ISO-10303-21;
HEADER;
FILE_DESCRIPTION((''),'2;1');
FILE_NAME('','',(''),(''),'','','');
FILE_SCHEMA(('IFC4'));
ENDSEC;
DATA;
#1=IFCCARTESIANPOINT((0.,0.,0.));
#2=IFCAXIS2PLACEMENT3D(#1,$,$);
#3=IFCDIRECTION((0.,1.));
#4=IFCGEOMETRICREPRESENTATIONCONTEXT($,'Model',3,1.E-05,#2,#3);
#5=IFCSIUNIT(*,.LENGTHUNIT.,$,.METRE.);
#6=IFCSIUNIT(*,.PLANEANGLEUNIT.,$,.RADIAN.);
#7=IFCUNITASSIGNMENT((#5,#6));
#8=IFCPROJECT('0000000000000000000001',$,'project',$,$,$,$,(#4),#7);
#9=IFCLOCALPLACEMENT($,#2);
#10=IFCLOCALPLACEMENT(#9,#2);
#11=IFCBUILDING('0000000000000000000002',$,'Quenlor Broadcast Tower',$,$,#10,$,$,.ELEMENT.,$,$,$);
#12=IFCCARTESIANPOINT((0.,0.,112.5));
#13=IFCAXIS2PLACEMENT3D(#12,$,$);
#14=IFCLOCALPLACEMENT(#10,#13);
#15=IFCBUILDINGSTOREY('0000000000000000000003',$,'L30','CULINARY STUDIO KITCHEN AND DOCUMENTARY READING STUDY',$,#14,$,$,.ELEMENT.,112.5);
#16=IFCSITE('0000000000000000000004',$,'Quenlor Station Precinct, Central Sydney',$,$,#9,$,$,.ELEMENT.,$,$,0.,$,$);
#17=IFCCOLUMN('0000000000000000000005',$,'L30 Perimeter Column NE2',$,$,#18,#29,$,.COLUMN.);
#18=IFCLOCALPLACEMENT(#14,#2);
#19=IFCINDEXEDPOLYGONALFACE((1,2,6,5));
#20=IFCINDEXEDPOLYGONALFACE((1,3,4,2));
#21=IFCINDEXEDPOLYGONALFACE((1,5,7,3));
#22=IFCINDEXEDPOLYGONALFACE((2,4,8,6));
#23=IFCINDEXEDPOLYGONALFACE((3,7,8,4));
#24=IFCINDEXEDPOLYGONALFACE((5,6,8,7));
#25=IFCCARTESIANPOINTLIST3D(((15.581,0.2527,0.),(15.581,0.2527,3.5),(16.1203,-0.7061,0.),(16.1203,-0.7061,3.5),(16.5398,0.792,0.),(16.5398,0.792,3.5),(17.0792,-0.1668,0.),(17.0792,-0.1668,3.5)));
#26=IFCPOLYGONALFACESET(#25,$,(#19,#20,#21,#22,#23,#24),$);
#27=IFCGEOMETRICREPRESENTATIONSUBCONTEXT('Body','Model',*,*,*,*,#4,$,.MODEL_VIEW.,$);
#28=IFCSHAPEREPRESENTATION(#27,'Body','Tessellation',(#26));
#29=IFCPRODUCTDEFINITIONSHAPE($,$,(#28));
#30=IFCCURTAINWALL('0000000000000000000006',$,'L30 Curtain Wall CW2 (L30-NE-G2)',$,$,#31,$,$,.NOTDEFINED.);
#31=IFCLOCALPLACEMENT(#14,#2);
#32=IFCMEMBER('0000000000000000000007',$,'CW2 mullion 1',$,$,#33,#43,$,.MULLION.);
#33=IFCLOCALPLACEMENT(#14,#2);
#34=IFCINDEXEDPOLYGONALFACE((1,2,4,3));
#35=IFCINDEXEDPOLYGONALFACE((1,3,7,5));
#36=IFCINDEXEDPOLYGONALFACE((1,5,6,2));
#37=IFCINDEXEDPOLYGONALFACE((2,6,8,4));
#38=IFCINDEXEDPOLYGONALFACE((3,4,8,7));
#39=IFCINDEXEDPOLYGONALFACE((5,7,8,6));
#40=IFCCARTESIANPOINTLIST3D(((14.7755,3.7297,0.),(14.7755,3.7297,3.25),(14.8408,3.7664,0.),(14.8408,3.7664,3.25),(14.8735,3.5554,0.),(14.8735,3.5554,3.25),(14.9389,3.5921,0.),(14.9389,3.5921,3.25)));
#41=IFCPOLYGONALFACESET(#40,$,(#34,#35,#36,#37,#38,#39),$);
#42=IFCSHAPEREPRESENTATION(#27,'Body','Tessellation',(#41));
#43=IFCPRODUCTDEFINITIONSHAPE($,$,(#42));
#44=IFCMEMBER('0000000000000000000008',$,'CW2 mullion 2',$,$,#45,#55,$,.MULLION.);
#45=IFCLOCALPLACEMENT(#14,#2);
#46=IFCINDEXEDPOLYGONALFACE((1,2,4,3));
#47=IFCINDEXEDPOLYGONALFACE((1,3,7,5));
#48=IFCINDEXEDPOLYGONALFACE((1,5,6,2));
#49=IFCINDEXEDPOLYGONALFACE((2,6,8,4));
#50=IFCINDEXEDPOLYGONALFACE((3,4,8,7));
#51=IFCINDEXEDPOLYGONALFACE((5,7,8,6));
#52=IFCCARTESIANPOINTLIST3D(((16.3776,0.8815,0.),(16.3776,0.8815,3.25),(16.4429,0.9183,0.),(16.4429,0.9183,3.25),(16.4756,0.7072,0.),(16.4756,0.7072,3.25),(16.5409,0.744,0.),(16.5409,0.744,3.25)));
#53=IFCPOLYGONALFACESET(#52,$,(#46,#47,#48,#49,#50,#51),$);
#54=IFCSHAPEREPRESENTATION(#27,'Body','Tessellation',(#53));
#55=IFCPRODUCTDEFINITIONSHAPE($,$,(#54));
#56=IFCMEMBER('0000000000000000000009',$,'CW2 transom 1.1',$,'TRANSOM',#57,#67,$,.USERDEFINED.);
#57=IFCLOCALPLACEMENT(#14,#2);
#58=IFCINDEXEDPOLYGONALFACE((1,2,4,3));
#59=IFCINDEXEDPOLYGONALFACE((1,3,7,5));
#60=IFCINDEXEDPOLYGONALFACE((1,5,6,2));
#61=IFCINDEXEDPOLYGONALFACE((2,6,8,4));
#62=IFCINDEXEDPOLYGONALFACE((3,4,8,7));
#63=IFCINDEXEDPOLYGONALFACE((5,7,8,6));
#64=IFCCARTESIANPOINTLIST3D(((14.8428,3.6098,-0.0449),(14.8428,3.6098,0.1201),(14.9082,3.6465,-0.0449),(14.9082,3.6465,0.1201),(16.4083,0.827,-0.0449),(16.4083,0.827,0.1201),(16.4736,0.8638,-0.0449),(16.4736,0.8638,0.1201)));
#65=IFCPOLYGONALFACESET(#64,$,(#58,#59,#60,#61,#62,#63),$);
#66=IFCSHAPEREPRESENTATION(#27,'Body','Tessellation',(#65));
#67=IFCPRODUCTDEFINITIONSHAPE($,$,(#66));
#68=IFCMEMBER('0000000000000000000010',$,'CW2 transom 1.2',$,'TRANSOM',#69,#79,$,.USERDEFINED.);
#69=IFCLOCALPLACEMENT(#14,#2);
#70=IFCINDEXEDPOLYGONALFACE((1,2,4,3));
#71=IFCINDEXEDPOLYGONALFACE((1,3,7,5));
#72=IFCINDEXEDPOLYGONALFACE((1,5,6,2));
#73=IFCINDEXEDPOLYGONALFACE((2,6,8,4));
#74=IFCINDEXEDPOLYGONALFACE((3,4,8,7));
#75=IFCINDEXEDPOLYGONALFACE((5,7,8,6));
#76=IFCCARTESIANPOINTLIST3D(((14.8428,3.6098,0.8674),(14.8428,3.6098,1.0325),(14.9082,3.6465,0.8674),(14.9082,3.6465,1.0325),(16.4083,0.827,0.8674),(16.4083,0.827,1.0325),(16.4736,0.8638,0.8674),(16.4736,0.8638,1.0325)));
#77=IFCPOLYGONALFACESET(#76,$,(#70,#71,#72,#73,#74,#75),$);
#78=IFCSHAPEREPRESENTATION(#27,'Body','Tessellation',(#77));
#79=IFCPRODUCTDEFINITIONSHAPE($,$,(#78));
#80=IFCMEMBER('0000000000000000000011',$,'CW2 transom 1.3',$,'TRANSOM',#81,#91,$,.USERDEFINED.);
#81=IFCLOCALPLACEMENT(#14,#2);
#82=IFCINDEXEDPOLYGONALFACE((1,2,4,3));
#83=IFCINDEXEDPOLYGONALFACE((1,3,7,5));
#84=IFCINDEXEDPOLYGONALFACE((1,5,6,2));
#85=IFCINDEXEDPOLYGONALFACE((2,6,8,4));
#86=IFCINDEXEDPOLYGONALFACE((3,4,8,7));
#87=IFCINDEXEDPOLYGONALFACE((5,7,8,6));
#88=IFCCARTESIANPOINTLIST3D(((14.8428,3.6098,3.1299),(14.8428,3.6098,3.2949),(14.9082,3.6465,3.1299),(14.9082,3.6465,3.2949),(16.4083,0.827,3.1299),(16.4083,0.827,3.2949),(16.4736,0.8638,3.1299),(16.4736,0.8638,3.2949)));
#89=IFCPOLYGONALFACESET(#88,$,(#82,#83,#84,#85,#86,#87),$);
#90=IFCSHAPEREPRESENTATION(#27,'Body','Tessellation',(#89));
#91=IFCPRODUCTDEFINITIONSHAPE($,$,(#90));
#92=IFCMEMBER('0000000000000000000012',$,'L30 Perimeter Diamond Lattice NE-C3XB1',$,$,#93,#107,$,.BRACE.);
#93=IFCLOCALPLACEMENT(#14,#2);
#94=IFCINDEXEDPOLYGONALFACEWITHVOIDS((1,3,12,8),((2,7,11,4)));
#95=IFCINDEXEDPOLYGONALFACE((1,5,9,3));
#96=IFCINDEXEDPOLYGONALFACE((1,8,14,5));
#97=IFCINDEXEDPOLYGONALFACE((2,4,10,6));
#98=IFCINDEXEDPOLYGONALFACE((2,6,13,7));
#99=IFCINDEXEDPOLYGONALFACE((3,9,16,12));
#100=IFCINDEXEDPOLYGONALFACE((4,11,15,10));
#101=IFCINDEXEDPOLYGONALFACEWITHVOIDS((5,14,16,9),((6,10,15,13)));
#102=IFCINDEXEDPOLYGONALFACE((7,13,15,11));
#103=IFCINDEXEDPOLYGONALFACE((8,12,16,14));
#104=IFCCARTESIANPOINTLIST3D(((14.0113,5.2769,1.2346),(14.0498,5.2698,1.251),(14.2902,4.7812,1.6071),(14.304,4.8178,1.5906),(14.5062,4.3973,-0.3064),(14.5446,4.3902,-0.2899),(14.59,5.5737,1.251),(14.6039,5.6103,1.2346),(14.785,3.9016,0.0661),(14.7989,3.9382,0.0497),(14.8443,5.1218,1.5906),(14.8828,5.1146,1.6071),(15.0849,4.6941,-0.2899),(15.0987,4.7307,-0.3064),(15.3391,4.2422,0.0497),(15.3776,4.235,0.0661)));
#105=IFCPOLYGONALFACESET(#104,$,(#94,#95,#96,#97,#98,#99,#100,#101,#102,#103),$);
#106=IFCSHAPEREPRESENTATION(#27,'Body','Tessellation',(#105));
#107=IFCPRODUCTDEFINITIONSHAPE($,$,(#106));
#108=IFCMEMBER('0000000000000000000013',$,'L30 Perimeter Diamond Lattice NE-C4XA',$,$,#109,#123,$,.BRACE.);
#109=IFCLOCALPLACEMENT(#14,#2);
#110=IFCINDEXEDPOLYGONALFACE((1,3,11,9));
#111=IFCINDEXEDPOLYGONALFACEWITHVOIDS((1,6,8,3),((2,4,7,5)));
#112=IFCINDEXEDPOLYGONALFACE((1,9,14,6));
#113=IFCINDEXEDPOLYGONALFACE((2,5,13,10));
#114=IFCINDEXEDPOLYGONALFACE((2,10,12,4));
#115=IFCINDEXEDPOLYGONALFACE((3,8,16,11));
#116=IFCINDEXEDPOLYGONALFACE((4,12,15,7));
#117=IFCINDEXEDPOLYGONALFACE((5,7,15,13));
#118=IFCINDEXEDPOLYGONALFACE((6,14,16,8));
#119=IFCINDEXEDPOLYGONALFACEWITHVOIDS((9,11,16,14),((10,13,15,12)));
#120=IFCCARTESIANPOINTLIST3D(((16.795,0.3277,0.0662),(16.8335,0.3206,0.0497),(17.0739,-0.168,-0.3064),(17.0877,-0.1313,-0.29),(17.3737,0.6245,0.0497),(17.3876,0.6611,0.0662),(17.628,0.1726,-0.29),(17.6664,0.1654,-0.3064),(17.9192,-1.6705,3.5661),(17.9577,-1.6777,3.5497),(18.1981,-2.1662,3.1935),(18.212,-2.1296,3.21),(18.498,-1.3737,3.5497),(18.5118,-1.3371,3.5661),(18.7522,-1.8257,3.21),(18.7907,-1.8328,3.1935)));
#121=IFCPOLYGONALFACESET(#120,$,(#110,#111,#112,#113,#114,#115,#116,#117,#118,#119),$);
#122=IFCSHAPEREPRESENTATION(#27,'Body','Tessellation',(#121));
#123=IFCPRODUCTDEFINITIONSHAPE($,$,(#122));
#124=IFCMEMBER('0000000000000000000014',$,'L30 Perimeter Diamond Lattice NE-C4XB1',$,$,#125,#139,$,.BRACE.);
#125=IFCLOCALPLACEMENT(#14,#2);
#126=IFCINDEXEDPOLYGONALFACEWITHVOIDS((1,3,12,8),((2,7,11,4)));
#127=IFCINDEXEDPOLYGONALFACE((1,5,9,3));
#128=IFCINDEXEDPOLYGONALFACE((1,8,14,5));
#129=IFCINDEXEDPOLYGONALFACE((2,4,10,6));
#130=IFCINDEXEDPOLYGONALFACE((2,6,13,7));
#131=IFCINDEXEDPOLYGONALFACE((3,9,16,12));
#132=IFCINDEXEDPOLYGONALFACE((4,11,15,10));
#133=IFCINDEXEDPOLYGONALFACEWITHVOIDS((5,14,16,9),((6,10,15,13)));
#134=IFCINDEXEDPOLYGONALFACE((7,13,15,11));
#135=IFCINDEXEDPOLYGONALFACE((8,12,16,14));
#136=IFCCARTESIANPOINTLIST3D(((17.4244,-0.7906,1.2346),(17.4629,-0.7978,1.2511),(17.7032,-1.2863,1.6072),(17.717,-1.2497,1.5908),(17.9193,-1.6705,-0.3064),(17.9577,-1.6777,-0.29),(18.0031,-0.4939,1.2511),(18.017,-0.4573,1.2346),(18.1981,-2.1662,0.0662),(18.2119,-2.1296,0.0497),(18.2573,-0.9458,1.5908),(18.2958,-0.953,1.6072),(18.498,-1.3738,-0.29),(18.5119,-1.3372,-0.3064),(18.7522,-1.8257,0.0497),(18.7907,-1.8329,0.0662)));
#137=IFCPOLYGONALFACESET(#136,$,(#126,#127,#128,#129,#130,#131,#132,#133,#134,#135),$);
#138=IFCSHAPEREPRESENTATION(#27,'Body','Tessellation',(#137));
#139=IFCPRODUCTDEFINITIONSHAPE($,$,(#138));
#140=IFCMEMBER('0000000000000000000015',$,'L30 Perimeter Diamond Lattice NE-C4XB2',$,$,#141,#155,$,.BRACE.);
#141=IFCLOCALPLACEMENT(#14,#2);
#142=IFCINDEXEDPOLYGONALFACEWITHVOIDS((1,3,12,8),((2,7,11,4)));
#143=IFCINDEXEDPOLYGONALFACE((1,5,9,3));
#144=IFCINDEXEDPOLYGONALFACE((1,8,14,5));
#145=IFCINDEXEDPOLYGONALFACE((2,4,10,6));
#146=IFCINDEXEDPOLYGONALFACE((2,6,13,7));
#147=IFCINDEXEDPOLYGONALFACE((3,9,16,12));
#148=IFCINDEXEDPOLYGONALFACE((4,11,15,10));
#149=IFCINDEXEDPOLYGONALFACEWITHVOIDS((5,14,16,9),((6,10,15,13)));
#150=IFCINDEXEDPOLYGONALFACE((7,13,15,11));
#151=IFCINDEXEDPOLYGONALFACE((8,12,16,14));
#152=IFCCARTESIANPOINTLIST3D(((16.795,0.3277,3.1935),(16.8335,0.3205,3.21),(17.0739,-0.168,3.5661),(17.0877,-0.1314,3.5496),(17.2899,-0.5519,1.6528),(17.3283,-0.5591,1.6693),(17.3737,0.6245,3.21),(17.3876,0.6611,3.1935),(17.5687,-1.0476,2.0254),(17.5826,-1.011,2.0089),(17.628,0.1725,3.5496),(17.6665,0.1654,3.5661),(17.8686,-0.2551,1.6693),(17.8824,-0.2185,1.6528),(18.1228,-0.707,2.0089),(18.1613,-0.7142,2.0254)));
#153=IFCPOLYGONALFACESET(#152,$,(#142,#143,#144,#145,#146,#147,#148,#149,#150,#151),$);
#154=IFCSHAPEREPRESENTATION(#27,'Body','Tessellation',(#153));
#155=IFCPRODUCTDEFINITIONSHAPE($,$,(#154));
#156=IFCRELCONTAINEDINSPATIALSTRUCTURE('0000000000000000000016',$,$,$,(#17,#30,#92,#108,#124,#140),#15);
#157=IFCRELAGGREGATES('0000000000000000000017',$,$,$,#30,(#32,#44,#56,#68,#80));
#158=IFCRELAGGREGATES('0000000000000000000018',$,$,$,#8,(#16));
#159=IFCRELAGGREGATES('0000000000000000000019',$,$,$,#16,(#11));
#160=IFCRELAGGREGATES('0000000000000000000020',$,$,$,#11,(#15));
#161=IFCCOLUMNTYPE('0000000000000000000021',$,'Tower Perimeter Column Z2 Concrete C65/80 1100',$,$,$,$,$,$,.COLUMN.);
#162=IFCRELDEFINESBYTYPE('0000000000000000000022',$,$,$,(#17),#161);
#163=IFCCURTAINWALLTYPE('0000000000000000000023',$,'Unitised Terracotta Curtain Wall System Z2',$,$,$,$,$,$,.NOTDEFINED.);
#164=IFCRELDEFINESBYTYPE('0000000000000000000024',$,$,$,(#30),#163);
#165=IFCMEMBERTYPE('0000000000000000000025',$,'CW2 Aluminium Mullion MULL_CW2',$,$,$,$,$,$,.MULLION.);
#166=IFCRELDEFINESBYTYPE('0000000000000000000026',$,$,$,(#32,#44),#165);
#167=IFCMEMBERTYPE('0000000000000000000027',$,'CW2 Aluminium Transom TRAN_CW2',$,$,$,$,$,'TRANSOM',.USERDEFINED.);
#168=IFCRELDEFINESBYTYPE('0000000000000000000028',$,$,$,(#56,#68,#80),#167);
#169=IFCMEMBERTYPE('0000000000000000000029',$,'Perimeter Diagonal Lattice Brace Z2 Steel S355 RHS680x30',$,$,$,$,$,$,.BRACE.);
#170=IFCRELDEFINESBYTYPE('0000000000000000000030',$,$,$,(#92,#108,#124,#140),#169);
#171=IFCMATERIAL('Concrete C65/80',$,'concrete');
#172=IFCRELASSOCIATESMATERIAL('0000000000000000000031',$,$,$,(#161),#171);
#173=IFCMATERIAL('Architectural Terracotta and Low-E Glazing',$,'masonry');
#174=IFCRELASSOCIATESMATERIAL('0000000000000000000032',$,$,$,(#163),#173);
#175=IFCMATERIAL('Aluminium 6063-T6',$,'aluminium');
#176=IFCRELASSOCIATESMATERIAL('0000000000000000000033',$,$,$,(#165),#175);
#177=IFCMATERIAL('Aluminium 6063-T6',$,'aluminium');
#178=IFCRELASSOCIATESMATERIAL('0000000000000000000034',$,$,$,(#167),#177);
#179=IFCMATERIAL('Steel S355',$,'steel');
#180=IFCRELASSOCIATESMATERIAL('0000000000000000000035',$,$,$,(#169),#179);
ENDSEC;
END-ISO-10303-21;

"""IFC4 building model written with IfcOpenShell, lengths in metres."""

from ifc_helpers import new_model, si_unit, direction, frame, origin, origin_2d, place, context, subcontext, project, spatial, rectangle, hollow_rectangle, extrude, material, material_profile, profile_set, type_object, element, aggregate, save


model = new_model("IFC4")

# Units and contexts
model_context = context("Model", 3, precision=1e-05, world=origin(), true_north=direction((0.0, 1.0)))
body_context = subcontext(model_context, "Body", "Model", "MODEL_VIEW")
ifc_project = project(units=[si_unit("LENGTHUNIT", "METRE"), si_unit("PLANEANGLEUNIT", "RADIAN")], contexts=[model_context])

# Site, building, storey
site_placement = place(None, origin())
site = spatial("IfcSite", under=ifc_project, at=site_placement, Name="Quenlor Station Precinct, Central Sydney", CompositionType="ELEMENT", RefElevation=0.0)
building_placement = place(site_placement, origin())
building = spatial("IfcBuilding", under=site, at=building_placement, Name="Quenlor Broadcast Tower", CompositionType="ELEMENT")
storey_placement = place(building_placement, frame((0.0, 0.0, 112.5)))
storey = spatial("IfcBuildingStorey", under=building, at=storey_placement, Name="L30", Description="CULINARY STUDIO KITCHEN AND DOCUMENTARY READING STUDY", CompositionType="ELEMENT", Elevation=112.5)

# Column
ifc_material_1 = material(Name="Concrete C65/80", Category="concrete")
ifc_material_profile_1 = material_profile(ifc_material_1, rectangle(XDim=1.1001, YDim=1.1001, at=origin_2d()))
ifc_profile_set_1 = profile_set([ifc_material_profile_1], Name="Concrete C65/80 RC1100x1100")
column_type = type_object("IfcColumnType", Name="Tower Perimeter Column Z2 Concrete C65/80 1100", PredefinedType="COLUMN", material=ifc_profile_set_1)
column_placement = place(storey_placement, frame((16.3301, 0.043, 0.0), z_axis=(0.0, 0.0, 1.0), x_axis=(0.871575, 0.490262, 0.0)))
element("IfcColumn", 1, at=column_placement, inside=storey, type_object=column_type, Name="L30 Perimeter Column NE2", PredefinedType="COLUMN", context=body_context, shape_type="SweptSolid", body=[
    extrude(rectangle(XDim=1.1001, YDim=1.1001, at=origin_2d()), origin(), (0.0, 0.0, 1.0), 3.5),
])

# Curtain wall, members
ifc_material_2 = material(Name="Architectural Terracotta and Low-E Glazing", Category="masonry")
curtain_wall_type = type_object("IfcCurtainWallType", Name="Unitised Terracotta Curtain Wall System Z2", PredefinedType="NOTDEFINED", material=ifc_material_2)
curtain_wall_placement = place(storey_placement, origin())
curtain_wall = element("IfcCurtainWall", 2, at=curtain_wall_placement, inside=storey, type_object=curtain_wall_type, Name="L30 Curtain Wall CW2 (L30-NE-G2)", PredefinedType="NOTDEFINED")
ifc_material_3 = material(Name="Aluminium 6063-T6", Category="aluminium")
ifc_material_profile_2 = material_profile(ifc_material_3, rectangle(XDim=0.075, YDim=0.2, at=origin_2d()))
ifc_profile_set_2 = profile_set([ifc_material_profile_2], Name="Aluminium 6063-T6 MULL75x200")
member_type_1 = type_object("IfcMemberType", Name="CW2 Aluminium Mullion MULL_CW2", PredefinedType="MULLION", material=ifc_profile_set_2)
member_1_placement = place(storey_placement, frame((14.8572, 3.6609, 0.0), z_axis=(0.0, 0.0, 1.0), x_axis=(0.871576, 0.490261, 0.0)))
member_1 = element("IfcMember", 3, at=member_1_placement, type_object=member_type_1, Name="CW2 mullion 1", PredefinedType="MULLION", context=body_context, shape_type="SweptSolid", body=[
    extrude(rectangle(XDim=0.075, YDim=0.2, at=origin_2d()), origin(), (0.0, 0.0, 1.0), 3.25),
])
member_2_placement = place(storey_placement, frame((16.4592, 0.8127, 0.0), z_axis=(0.0, 0.0, 1.0), x_axis=(0.871576, 0.490261, 0.0)))
member_2 = element("IfcMember", 4, at=member_2_placement, type_object=member_type_1, Name="CW2 mullion 2", PredefinedType="MULLION", context=body_context, shape_type="SweptSolid", body=[
    extrude(rectangle(XDim=0.075, YDim=0.2, at=origin_2d()), origin(), (0.0, 0.0, 1.0), 3.25),
])
ifc_material_4 = material(Name="Aluminium 6063-T6", Category="aluminium")
ifc_material_profile_3 = material_profile(ifc_material_4, rectangle(XDim=0.075, YDim=0.165, at=origin_2d()))
ifc_profile_set_3 = profile_set([ifc_material_profile_3], Name="Aluminium 6063-T6 TRAN75x165")
member_type_2 = type_object("IfcMemberType", Name="CW2 Aluminium Transom TRAN_CW2", ElementType="TRANSOM", PredefinedType="USERDEFINED", material=ifc_profile_set_3)
member_3_placement = place(storey_placement, frame((14.8755, 3.6282, 0.0376), z_axis=(0.490298, -0.871555, 0.0), x_axis=(0.871555, 0.490298, 0.0)))
member_3 = element("IfcMember", 5, at=member_3_placement, type_object=member_type_2, Name="CW2 transom 1.1", ObjectType="TRANSOM", PredefinedType="USERDEFINED", context=body_context, shape_type="SweptSolid", body=[
    extrude(rectangle(XDim=0.075, YDim=0.165, at=origin_2d()), origin(), (0.0, 0.0, 1.0), 3.1929),
])
member_4_placement = place(storey_placement, frame((14.8755, 3.6282, 0.95), z_axis=(0.490298, -0.871555, 0.0), x_axis=(0.871555, 0.490298, 0.0)))
member_4 = element("IfcMember", 6, at=member_4_placement, type_object=member_type_2, Name="CW2 transom 1.2", ObjectType="TRANSOM", PredefinedType="USERDEFINED", context=body_context, shape_type="SweptSolid", body=[
    extrude(rectangle(XDim=0.075, YDim=0.165, at=origin_2d()), origin(), (0.0, 0.0, 1.0), 3.1929),
])
member_5_placement = place(storey_placement, frame((14.8755, 3.6282, 3.2124), z_axis=(0.490298, -0.871555, 0.0), x_axis=(0.871555, 0.490298, 0.0)))
member_5 = element("IfcMember", 7, at=member_5_placement, type_object=member_type_2, Name="CW2 transom 1.3", ObjectType="TRANSOM", PredefinedType="USERDEFINED", context=body_context, shape_type="SweptSolid", body=[
    extrude(rectangle(XDim=0.075, YDim=0.165, at=origin_2d()), origin(), (0.0, 0.0, 1.0), 3.1929),
])

# Members
ifc_material_5 = material(Name="Steel S355", Category="steel")
ifc_material_profile_4 = material_profile(ifc_material_5, hollow_rectangle(XDim=0.6799, YDim=0.6799, WallThickness=0.03, at=origin_2d()))
ifc_profile_set_4 = profile_set([ifc_material_profile_4], Name="Steel S355 RHS680x680x30")
member_type_3 = type_object("IfcMemberType", Name="Perimeter Diagonal Lattice Brace Z2 Steel S355 RHS680x30", PredefinedType="BRACE", material=ifc_profile_set_4)
member_6_placement = place(storey_placement, frame((14.9419, 4.3162, -0.1201), z_axis=(-0.268644, 0.477515, 0.836546), x_axis=(-0.871543, -0.490319, 0.0)))
element("IfcMember", 8, at=member_6_placement, inside=storey, type_object=member_type_3, Name="L30 Perimeter Diamond Lattice NE-C3XB1", PredefinedType="BRACE", context=body_context, shape_type="SweptSolid", body=[
    extrude(hollow_rectangle(XDim=0.6799, YDim=0.6799, WallThickness=0.03, at=origin_2d()), origin(), (0.0, 0.0, 1.0), 1.842),
])
member_7_placement = place(storey_placement, frame((17.2307, 0.2466, -0.1201), z_axis=(0.268697, -0.477585, 0.836489), x_axis=(0.871533, 0.490337, 0.0)))
element("IfcMember", 9, at=member_7_placement, inside=storey, type_object=member_type_3, Name="L30 Perimeter Diamond Lattice NE-C4XA", PredefinedType="BRACE", context=body_context, shape_type="SweptSolid", body=[
    extrude(hollow_rectangle(XDim=0.6799, YDim=0.6799, WallThickness=0.03, at=origin_2d()), origin(), (0.0, 0.0, 1.0), 4.1841),
])
member_8_placement = place(storey_placement, frame((18.355, -1.7517, -0.1201), z_axis=(-0.268627, 0.477618, 0.836493), x_axis=(-0.871601, -0.490215, 0.0)))
element("IfcMember", 10, at=member_8_placement, inside=storey, type_object=member_type_3, Name="L30 Perimeter Diamond Lattice NE-C4XB1", PredefinedType="BRACE", context=body_context, shape_type="SweptSolid", body=[
    extrude(hollow_rectangle(XDim=0.6799, YDim=0.6799, WallThickness=0.03, at=origin_2d()), origin(), (0.0, 0.0, 1.0), 1.8423),
])
member_9_placement = place(storey_placement, frame((17.7256, -0.6331, 1.8391), z_axis=(-0.268674, 0.477568, 0.836507), x_axis=(-0.871543, -0.490319, 0.0)))
element("IfcMember", 11, at=member_9_placement, inside=storey, type_object=member_type_3, Name="L30 Perimeter Diamond Lattice NE-C4XB2", PredefinedType="BRACE", context=body_context, shape_type="SweptSolid", body=[
    extrude(hollow_rectangle(XDim=0.6799, YDim=0.6799, WallThickness=0.03, at=origin_2d()), origin(), (0.0, 0.0, 1.0), 1.8418),
])

aggregate(curtain_wall, [member_1, member_2, member_3, member_4, member_5])

save(model, "model.ifc")
